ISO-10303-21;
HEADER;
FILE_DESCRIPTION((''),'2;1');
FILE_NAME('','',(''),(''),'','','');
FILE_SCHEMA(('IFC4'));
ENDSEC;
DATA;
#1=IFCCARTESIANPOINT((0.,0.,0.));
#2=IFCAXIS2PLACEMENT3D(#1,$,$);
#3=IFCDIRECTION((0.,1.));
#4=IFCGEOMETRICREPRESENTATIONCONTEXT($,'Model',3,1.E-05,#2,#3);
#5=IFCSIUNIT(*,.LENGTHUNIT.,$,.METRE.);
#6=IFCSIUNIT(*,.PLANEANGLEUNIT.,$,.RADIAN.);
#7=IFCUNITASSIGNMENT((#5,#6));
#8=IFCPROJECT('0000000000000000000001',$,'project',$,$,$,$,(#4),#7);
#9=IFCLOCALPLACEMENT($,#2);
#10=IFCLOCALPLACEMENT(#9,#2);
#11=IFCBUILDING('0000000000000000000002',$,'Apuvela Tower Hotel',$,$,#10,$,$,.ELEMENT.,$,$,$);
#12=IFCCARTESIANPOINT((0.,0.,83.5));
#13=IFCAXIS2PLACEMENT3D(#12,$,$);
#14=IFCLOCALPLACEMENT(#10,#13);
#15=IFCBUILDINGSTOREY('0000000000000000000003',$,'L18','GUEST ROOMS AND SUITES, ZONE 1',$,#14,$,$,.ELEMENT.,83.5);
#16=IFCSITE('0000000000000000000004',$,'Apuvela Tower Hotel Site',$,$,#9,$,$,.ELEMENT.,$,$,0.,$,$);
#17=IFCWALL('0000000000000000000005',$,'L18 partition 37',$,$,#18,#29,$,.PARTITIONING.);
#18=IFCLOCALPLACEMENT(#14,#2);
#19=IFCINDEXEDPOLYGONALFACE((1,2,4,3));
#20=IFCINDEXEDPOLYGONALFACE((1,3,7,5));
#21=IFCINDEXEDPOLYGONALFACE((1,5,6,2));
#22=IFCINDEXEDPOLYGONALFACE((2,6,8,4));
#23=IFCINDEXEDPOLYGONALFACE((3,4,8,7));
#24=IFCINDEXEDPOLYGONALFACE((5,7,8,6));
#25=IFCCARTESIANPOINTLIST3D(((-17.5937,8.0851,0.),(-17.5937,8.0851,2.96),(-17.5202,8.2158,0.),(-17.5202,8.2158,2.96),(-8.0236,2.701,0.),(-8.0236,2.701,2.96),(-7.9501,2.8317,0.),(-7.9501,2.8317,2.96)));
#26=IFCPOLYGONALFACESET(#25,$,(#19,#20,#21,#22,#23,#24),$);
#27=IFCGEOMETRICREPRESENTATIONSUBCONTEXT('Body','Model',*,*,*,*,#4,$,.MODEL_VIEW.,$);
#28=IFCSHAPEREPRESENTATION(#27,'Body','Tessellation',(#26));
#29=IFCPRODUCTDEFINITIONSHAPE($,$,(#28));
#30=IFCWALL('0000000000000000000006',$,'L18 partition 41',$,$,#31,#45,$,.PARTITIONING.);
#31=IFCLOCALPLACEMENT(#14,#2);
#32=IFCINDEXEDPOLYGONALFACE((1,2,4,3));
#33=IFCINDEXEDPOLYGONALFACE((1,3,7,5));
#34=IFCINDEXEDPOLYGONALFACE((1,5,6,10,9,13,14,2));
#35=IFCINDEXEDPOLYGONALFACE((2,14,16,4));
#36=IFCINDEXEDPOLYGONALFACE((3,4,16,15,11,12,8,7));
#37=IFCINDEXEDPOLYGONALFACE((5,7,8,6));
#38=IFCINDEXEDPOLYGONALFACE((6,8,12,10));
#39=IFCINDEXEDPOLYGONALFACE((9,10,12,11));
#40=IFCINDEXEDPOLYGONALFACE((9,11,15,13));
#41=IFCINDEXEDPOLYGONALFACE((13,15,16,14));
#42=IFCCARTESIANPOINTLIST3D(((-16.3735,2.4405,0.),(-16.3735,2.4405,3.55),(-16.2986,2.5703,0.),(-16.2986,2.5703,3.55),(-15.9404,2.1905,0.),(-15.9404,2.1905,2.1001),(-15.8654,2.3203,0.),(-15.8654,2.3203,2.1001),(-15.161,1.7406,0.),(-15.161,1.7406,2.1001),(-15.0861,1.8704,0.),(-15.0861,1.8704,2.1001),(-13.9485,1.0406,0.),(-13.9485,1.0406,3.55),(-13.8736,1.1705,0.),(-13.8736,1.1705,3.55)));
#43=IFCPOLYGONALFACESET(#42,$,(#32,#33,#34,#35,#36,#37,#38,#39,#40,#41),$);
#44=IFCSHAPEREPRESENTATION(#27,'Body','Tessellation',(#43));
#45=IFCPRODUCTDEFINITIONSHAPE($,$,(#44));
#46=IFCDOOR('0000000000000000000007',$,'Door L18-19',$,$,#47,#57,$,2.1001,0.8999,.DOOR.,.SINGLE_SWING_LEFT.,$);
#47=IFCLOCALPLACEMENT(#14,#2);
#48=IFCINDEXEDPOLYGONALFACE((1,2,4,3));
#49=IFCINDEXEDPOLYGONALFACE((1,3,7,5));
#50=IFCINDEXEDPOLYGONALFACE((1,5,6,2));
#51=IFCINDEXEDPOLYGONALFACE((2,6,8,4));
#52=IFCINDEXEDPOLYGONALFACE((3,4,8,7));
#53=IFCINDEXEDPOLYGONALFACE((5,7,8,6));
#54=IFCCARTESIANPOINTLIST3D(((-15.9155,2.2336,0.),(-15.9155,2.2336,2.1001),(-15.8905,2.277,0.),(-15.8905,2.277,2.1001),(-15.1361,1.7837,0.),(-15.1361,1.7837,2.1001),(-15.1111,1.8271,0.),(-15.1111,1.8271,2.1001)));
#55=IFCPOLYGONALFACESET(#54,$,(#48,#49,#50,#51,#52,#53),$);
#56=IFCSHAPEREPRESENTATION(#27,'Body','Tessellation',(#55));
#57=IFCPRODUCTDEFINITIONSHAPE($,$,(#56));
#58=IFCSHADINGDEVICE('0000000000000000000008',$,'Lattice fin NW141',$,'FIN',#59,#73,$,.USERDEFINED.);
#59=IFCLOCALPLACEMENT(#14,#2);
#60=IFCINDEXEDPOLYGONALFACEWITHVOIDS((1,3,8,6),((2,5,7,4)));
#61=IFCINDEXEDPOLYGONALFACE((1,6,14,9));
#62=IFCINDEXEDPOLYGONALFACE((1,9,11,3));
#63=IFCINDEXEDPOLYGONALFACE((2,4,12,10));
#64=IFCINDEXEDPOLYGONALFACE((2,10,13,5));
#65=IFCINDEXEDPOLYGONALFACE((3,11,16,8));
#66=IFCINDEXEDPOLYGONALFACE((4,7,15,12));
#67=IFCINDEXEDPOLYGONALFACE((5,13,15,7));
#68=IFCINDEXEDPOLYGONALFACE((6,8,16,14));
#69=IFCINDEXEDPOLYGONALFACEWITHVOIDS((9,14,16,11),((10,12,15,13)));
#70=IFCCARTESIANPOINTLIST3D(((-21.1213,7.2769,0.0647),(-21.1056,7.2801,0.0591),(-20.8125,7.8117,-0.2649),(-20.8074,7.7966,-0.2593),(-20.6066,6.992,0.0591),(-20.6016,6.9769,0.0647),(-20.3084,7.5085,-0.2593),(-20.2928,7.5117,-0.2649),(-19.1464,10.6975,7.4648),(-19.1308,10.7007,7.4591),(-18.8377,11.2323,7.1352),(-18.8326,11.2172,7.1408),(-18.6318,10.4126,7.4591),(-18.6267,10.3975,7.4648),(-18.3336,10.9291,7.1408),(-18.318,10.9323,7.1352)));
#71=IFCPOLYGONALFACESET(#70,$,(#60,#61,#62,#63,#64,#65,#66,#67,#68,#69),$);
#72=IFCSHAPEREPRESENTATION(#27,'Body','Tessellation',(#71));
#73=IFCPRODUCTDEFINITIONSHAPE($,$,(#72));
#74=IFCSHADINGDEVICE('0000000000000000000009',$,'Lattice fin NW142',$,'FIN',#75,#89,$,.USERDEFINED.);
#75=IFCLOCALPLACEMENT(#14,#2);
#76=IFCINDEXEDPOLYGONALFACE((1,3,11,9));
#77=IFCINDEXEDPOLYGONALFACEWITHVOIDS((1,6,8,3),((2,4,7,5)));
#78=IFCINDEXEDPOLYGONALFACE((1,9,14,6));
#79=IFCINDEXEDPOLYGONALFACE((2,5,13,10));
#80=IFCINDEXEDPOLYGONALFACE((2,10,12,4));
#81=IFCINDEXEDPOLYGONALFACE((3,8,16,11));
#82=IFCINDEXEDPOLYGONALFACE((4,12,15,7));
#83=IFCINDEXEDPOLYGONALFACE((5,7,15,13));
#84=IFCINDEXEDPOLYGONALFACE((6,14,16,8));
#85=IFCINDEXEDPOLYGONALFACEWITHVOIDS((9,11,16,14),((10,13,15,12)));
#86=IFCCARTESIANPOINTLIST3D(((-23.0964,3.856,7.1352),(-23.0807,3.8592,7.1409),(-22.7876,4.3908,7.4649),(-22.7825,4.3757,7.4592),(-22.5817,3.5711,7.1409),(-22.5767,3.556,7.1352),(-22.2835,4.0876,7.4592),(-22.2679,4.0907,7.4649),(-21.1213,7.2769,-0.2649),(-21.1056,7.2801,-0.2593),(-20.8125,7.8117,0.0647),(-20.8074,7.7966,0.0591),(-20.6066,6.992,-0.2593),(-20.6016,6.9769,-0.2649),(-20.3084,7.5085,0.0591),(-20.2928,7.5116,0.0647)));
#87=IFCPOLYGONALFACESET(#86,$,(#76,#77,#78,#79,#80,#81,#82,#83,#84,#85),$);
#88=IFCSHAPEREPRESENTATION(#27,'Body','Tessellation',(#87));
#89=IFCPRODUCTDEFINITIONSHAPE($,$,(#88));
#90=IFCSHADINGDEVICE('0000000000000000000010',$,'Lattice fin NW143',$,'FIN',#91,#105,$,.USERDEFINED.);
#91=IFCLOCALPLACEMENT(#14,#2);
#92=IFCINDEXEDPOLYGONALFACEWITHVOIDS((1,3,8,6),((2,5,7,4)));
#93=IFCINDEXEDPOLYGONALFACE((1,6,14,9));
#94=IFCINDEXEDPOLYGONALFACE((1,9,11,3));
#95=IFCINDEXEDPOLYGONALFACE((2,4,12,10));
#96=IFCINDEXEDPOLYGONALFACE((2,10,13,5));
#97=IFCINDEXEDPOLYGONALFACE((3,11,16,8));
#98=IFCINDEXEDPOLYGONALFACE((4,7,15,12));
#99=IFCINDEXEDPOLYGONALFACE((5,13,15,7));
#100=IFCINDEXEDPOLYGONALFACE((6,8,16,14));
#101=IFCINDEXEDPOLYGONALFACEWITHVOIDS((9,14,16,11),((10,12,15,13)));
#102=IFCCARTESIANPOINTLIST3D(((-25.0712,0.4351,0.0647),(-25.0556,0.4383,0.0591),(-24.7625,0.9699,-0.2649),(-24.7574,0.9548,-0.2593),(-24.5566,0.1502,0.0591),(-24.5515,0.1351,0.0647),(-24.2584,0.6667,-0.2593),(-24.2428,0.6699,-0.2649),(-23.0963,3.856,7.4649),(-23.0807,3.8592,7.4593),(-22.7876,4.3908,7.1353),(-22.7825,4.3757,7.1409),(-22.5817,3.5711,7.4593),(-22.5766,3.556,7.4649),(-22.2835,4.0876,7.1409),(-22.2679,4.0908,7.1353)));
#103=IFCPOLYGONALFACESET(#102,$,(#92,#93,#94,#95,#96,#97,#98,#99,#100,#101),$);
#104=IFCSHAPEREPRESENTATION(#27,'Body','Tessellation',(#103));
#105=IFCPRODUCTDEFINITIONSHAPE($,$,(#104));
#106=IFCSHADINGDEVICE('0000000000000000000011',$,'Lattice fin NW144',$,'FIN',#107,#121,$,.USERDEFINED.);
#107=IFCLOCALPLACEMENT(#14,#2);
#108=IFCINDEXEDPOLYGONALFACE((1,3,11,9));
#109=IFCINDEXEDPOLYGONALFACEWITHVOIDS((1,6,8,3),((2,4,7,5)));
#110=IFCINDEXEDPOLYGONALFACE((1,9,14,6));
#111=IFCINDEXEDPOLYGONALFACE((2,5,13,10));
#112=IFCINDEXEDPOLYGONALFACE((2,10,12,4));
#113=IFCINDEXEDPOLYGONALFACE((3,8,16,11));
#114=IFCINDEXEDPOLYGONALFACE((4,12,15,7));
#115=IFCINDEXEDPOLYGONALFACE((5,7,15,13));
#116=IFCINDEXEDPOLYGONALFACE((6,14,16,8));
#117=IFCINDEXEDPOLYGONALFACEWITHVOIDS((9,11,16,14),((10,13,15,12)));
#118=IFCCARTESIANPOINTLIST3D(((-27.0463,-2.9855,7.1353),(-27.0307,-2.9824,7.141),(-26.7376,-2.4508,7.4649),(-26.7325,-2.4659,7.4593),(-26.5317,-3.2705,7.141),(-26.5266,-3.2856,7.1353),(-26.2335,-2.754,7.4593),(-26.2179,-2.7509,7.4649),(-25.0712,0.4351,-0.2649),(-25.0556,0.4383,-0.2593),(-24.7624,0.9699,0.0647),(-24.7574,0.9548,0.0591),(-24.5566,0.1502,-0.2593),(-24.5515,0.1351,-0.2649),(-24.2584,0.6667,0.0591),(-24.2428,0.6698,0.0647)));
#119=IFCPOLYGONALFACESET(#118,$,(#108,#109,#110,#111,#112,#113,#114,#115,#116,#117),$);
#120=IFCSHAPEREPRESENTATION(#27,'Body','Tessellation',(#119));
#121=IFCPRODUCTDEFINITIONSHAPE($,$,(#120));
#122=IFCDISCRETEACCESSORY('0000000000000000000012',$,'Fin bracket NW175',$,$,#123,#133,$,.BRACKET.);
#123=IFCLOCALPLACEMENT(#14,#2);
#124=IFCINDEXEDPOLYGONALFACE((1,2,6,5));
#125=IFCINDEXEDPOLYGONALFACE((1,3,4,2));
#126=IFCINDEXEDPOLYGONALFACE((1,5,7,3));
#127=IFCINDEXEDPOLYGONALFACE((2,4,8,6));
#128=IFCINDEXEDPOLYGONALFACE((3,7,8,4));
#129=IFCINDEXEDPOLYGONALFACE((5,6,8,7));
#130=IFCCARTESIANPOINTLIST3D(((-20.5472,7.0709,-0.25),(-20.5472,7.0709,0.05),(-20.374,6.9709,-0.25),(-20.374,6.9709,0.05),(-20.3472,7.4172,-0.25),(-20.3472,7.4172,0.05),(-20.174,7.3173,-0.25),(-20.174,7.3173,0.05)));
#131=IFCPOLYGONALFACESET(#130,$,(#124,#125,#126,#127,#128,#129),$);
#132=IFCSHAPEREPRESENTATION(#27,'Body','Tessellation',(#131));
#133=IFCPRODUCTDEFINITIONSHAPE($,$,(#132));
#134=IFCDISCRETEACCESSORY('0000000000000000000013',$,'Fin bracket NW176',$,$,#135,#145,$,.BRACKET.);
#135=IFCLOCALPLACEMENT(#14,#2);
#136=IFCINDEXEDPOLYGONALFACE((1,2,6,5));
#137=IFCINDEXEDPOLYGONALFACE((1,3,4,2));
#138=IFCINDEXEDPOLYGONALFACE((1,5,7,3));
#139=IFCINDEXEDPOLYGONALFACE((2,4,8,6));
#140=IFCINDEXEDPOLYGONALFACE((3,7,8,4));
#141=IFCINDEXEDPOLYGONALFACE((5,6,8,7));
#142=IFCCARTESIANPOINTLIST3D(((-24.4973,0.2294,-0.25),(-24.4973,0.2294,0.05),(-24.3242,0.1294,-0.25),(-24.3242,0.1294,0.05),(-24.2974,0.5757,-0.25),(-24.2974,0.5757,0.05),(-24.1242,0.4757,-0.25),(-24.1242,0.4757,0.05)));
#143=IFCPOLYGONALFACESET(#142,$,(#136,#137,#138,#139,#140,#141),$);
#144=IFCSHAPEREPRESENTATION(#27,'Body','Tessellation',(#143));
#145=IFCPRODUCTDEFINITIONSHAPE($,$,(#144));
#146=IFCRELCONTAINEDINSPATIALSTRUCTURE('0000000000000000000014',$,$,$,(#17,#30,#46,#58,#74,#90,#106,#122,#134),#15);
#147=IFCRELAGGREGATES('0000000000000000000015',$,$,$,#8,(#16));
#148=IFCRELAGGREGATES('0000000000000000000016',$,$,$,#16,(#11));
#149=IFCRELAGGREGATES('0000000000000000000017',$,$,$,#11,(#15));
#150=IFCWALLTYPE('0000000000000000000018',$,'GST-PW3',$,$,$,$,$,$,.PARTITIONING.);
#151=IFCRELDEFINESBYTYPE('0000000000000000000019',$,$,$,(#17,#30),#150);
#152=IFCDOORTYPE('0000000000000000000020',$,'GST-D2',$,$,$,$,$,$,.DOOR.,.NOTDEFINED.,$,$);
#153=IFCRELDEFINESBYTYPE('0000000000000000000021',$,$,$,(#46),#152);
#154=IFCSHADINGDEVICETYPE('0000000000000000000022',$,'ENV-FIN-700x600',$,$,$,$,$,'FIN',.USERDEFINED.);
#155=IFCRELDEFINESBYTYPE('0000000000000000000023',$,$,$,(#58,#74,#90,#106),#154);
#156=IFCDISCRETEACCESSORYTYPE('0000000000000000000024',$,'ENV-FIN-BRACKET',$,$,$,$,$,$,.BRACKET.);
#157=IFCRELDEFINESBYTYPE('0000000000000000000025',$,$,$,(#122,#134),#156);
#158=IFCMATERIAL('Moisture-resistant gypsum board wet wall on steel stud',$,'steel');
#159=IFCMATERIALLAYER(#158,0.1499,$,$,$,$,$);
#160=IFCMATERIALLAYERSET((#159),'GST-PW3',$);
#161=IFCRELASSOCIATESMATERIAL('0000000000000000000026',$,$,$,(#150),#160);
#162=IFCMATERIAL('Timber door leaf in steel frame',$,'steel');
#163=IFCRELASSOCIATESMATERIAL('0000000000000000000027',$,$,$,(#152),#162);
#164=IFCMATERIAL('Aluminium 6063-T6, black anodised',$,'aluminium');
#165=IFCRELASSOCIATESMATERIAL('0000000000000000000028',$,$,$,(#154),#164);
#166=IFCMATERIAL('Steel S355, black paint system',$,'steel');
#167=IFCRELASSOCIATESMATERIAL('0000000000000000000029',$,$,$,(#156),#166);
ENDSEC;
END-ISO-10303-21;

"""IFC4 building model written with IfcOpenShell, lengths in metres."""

from ifc_helpers import new_model, si_unit, direction, frame, frame_2d, origin, origin_2d, place, context, subcontext, project, spatial, rectangle, hollow_rectangle, extrude, material, layer, layer_set, material_profile, profile_set, type_object, element, fill, save


model = new_model("IFC4")

# Units and contexts
model_context = context("Model", 3, precision=1e-05, world=origin(), true_north=direction((0.0, 1.0)))
body_context = subcontext(model_context, "Body", "Model", "MODEL_VIEW")
ifc_project = project(units=[si_unit("LENGTHUNIT", "METRE"), si_unit("PLANEANGLEUNIT", "RADIAN")], contexts=[model_context])

# Site, building, storey
site_placement = place(None, origin())
site = spatial("IfcSite", under=ifc_project, at=site_placement, Name="Apuvela Tower Hotel Site", CompositionType="ELEMENT", RefElevation=0.0)
building_placement = place(site_placement, origin())
building = spatial("IfcBuilding", under=site, at=building_placement, Name="Apuvela Tower Hotel", CompositionType="ELEMENT")
storey_placement = place(building_placement, frame((0.0, 0.0, 83.5)))
storey = spatial("IfcBuildingStorey", under=building, at=storey_placement, Name="L18", Description="GUEST ROOMS AND SUITES, ZONE 1", CompositionType="ELEMENT", Elevation=83.5)

# Wall
ifc_material_1 = material(Name="Moisture-resistant gypsum board wet wall on steel stud", Category="steel")
ifc_layer_1 = layer(ifc_material_1, 0.1499)
ifc_layer_set_1 = layer_set([ifc_layer_1], Name="GST-PW3")
wall_type_1 = type_object("IfcWallType", Name="GST-PW3", PredefinedType="PARTITIONING", material=ifc_layer_set_1)
wall_1_placement = place(storey_placement, frame((-17.5569, 8.1504, 0.0), z_axis=(0.0, 0.0, 1.0), x_axis=(0.871542, -0.490321, 0.0)))
element("IfcWall", 1, at=wall_1_placement, inside=storey, type_object=wall_type_1, Name="L18 partition 37", PredefinedType="PARTITIONING", context=body_context, shape_type="SweptSolid", body=[
    extrude(rectangle(XDim=10.9807, YDim=0.1499, at=frame_2d((5.4902, 0.0))), origin(), (0.0, 0.0, 1.0), 2.96),
])

# Wall, opening, door
wall_2_placement = place(storey_placement, frame((-16.3359, 2.5054, 0.0), z_axis=(0.0, 0.0, 1.0), x_axis=(0.866056, -0.499946, 0.0)))
wall_2 = element("IfcWall", 2, at=wall_2_placement, inside=storey, type_object=wall_type_1, Name="L18 partition 41", PredefinedType="PARTITIONING", context=body_context, shape_type="SweptSolid", body=[
    extrude(rectangle(XDim=2.8, YDim=0.1499, at=frame_2d((1.3999, 0.0))), origin(), (0.0, 0.0, 1.0), 3.55),
])
opening_1_placement = place(wall_2_placement, frame((0.5, 0.0, 0.0)))
opening_1 = element("IfcOpeningElement", 3, at=opening_1_placement, cuts=wall_2, PredefinedType="OPENING", context=body_context, shape_type="SweptSolid", body=[
    extrude(rectangle(XDim=0.8999, YDim=2.1001, at=frame_2d((0.45, 1.05))), frame((0.0, 0.085, 0.0), z_axis=(0.0, -1.0, 0.0), x_axis=(1.0, 0.0, 0.0)), (0.0, 0.0, 1.0), 0.1699),
])
ifc_material_2 = material(Name="Timber door leaf in steel frame", Category="steel")
door_type_1 = type_object("IfcDoorType", Name="GST-D2", OperationType="NOTDEFINED", PredefinedType="DOOR", material=ifc_material_2)
door_1_placement = place(opening_1_placement, origin())
door_1 = element("IfcDoor", 4, at=door_1_placement, inside=storey, type_object=door_type_1, Name="Door L18-19", OperationType="SINGLE_SWING_LEFT", OverallHeight=2.1001, OverallWidth=0.8999, PredefinedType="DOOR", context=body_context, shape_type="SweptSolid", body=[
    extrude(rectangle(XDim=0.8999, YDim=2.1001, at=frame_2d((0.45, 1.05))), frame((0.0, 0.0249, 0.0), z_axis=(0.0, -1.0, 0.0), x_axis=(1.0, 0.0, 0.0)), (0.0, 0.0, 1.0), 0.05),
])
fill(opening_1, door_1)

# Shading devices
ifc_material_3 = material(Name="Aluminium 6063-T6, black anodised", Category="aluminium")
ifc_material_profile_1 = material_profile(ifc_material_3, hollow_rectangle(XDim=0.6001, YDim=0.7, WallThickness=0.012, at=origin_2d()), Name="AL BOX 700x600x12")
ifc_profile_set_1 = profile_set([ifc_material_profile_1], Name="Aluminium 6063-T6, black anodised")
shading_device_type = type_object("IfcShadingDeviceType", Name="ENV-FIN-700x600", ElementType="FIN", PredefinedType="USERDEFINED", material=ifc_profile_set_1)
shading_device_placement = place(storey_placement, frame((-20.707, 7.3943, -0.1001), z_axis=(0.23543, 0.40779, 0.882202), x_axis=(-0.866032, 0.499988, 0.0)))
element("IfcShadingDevice", 5, at=shading_device_placement, inside=storey, type_object=shading_device_type, Name="Lattice fin NW141", ObjectType="FIN", PredefinedType="USERDEFINED", context=body_context, shape_type="SweptSolid", body=[
    extrude(hollow_rectangle(XDim=0.6001, YDim=0.7, WallThickness=0.012, at=origin_2d()), origin(), (0.0, 0.0, 1.0), 8.3882),
])
for number, where, z_axis, x_axis, name in (
    (6, (-20.707, 7.3943, -0.1001), (-0.235455, -0.407812, 0.882185), (0.866021, -0.500008, 0.0), "Lattice fin NW142"),
    (7, (-24.657, 0.5525, -0.1001), (0.235428, 0.407814, 0.882191), (-0.866048, 0.499961, 0.0), "Lattice fin NW143"),
    (8, (-24.657, 0.5525, -0.1001), (-0.235458, -0.407787, 0.882196), (0.866005, -0.500035, 0.0), "Lattice fin NW144"),
):
    element("IfcShadingDevice", number, at=place(storey_placement, frame(where, z_axis=z_axis, x_axis=x_axis)), inside=storey, type_object=shading_device_type, Name=name, ObjectType="FIN", PredefinedType="USERDEFINED", context=body_context, shape_type="SweptSolid", body=[
        extrude(hollow_rectangle(XDim=0.6001, YDim=0.7, WallThickness=0.012, at=origin_2d()), origin(), (0.0, 0.0, 1.0), 8.3884),
    ])

# Discrete accessories
ifc_material_4 = material(Name="Steel S355, black paint system", Category="steel")
discrete_accessory_type = type_object("IfcDiscreteAccessoryType", Name="ENV-FIN-BRACKET", PredefinedType="BRACKET", material=ifc_material_4)
for number, where, z_axis, x_axis, name in (
    (9, (-20.3606, 7.1941, -0.25), (0.0, 0.0, 1.0), (-0.5, -0.866025, 0.0), "Fin bracket NW175"),
    (10, (-24.3108, 0.3525, -0.25), (0.0, 0.0, 1.0), (-0.5, -0.866025, 0.0), "Fin bracket NW176"),
):
    element("IfcDiscreteAccessory", number, at=place(storey_placement, frame(where, z_axis=z_axis, x_axis=x_axis)), inside=storey, type_object=discrete_accessory_type, Name=name, PredefinedType="BRACKET", context=body_context, shape_type="SweptSolid", body=[
        extrude(rectangle(XDim=0.3999, YDim=0.2, at=origin_2d()), origin(), (0.0, 0.0, 1.0), 0.3),
    ])

save(model, "model.ifc")
